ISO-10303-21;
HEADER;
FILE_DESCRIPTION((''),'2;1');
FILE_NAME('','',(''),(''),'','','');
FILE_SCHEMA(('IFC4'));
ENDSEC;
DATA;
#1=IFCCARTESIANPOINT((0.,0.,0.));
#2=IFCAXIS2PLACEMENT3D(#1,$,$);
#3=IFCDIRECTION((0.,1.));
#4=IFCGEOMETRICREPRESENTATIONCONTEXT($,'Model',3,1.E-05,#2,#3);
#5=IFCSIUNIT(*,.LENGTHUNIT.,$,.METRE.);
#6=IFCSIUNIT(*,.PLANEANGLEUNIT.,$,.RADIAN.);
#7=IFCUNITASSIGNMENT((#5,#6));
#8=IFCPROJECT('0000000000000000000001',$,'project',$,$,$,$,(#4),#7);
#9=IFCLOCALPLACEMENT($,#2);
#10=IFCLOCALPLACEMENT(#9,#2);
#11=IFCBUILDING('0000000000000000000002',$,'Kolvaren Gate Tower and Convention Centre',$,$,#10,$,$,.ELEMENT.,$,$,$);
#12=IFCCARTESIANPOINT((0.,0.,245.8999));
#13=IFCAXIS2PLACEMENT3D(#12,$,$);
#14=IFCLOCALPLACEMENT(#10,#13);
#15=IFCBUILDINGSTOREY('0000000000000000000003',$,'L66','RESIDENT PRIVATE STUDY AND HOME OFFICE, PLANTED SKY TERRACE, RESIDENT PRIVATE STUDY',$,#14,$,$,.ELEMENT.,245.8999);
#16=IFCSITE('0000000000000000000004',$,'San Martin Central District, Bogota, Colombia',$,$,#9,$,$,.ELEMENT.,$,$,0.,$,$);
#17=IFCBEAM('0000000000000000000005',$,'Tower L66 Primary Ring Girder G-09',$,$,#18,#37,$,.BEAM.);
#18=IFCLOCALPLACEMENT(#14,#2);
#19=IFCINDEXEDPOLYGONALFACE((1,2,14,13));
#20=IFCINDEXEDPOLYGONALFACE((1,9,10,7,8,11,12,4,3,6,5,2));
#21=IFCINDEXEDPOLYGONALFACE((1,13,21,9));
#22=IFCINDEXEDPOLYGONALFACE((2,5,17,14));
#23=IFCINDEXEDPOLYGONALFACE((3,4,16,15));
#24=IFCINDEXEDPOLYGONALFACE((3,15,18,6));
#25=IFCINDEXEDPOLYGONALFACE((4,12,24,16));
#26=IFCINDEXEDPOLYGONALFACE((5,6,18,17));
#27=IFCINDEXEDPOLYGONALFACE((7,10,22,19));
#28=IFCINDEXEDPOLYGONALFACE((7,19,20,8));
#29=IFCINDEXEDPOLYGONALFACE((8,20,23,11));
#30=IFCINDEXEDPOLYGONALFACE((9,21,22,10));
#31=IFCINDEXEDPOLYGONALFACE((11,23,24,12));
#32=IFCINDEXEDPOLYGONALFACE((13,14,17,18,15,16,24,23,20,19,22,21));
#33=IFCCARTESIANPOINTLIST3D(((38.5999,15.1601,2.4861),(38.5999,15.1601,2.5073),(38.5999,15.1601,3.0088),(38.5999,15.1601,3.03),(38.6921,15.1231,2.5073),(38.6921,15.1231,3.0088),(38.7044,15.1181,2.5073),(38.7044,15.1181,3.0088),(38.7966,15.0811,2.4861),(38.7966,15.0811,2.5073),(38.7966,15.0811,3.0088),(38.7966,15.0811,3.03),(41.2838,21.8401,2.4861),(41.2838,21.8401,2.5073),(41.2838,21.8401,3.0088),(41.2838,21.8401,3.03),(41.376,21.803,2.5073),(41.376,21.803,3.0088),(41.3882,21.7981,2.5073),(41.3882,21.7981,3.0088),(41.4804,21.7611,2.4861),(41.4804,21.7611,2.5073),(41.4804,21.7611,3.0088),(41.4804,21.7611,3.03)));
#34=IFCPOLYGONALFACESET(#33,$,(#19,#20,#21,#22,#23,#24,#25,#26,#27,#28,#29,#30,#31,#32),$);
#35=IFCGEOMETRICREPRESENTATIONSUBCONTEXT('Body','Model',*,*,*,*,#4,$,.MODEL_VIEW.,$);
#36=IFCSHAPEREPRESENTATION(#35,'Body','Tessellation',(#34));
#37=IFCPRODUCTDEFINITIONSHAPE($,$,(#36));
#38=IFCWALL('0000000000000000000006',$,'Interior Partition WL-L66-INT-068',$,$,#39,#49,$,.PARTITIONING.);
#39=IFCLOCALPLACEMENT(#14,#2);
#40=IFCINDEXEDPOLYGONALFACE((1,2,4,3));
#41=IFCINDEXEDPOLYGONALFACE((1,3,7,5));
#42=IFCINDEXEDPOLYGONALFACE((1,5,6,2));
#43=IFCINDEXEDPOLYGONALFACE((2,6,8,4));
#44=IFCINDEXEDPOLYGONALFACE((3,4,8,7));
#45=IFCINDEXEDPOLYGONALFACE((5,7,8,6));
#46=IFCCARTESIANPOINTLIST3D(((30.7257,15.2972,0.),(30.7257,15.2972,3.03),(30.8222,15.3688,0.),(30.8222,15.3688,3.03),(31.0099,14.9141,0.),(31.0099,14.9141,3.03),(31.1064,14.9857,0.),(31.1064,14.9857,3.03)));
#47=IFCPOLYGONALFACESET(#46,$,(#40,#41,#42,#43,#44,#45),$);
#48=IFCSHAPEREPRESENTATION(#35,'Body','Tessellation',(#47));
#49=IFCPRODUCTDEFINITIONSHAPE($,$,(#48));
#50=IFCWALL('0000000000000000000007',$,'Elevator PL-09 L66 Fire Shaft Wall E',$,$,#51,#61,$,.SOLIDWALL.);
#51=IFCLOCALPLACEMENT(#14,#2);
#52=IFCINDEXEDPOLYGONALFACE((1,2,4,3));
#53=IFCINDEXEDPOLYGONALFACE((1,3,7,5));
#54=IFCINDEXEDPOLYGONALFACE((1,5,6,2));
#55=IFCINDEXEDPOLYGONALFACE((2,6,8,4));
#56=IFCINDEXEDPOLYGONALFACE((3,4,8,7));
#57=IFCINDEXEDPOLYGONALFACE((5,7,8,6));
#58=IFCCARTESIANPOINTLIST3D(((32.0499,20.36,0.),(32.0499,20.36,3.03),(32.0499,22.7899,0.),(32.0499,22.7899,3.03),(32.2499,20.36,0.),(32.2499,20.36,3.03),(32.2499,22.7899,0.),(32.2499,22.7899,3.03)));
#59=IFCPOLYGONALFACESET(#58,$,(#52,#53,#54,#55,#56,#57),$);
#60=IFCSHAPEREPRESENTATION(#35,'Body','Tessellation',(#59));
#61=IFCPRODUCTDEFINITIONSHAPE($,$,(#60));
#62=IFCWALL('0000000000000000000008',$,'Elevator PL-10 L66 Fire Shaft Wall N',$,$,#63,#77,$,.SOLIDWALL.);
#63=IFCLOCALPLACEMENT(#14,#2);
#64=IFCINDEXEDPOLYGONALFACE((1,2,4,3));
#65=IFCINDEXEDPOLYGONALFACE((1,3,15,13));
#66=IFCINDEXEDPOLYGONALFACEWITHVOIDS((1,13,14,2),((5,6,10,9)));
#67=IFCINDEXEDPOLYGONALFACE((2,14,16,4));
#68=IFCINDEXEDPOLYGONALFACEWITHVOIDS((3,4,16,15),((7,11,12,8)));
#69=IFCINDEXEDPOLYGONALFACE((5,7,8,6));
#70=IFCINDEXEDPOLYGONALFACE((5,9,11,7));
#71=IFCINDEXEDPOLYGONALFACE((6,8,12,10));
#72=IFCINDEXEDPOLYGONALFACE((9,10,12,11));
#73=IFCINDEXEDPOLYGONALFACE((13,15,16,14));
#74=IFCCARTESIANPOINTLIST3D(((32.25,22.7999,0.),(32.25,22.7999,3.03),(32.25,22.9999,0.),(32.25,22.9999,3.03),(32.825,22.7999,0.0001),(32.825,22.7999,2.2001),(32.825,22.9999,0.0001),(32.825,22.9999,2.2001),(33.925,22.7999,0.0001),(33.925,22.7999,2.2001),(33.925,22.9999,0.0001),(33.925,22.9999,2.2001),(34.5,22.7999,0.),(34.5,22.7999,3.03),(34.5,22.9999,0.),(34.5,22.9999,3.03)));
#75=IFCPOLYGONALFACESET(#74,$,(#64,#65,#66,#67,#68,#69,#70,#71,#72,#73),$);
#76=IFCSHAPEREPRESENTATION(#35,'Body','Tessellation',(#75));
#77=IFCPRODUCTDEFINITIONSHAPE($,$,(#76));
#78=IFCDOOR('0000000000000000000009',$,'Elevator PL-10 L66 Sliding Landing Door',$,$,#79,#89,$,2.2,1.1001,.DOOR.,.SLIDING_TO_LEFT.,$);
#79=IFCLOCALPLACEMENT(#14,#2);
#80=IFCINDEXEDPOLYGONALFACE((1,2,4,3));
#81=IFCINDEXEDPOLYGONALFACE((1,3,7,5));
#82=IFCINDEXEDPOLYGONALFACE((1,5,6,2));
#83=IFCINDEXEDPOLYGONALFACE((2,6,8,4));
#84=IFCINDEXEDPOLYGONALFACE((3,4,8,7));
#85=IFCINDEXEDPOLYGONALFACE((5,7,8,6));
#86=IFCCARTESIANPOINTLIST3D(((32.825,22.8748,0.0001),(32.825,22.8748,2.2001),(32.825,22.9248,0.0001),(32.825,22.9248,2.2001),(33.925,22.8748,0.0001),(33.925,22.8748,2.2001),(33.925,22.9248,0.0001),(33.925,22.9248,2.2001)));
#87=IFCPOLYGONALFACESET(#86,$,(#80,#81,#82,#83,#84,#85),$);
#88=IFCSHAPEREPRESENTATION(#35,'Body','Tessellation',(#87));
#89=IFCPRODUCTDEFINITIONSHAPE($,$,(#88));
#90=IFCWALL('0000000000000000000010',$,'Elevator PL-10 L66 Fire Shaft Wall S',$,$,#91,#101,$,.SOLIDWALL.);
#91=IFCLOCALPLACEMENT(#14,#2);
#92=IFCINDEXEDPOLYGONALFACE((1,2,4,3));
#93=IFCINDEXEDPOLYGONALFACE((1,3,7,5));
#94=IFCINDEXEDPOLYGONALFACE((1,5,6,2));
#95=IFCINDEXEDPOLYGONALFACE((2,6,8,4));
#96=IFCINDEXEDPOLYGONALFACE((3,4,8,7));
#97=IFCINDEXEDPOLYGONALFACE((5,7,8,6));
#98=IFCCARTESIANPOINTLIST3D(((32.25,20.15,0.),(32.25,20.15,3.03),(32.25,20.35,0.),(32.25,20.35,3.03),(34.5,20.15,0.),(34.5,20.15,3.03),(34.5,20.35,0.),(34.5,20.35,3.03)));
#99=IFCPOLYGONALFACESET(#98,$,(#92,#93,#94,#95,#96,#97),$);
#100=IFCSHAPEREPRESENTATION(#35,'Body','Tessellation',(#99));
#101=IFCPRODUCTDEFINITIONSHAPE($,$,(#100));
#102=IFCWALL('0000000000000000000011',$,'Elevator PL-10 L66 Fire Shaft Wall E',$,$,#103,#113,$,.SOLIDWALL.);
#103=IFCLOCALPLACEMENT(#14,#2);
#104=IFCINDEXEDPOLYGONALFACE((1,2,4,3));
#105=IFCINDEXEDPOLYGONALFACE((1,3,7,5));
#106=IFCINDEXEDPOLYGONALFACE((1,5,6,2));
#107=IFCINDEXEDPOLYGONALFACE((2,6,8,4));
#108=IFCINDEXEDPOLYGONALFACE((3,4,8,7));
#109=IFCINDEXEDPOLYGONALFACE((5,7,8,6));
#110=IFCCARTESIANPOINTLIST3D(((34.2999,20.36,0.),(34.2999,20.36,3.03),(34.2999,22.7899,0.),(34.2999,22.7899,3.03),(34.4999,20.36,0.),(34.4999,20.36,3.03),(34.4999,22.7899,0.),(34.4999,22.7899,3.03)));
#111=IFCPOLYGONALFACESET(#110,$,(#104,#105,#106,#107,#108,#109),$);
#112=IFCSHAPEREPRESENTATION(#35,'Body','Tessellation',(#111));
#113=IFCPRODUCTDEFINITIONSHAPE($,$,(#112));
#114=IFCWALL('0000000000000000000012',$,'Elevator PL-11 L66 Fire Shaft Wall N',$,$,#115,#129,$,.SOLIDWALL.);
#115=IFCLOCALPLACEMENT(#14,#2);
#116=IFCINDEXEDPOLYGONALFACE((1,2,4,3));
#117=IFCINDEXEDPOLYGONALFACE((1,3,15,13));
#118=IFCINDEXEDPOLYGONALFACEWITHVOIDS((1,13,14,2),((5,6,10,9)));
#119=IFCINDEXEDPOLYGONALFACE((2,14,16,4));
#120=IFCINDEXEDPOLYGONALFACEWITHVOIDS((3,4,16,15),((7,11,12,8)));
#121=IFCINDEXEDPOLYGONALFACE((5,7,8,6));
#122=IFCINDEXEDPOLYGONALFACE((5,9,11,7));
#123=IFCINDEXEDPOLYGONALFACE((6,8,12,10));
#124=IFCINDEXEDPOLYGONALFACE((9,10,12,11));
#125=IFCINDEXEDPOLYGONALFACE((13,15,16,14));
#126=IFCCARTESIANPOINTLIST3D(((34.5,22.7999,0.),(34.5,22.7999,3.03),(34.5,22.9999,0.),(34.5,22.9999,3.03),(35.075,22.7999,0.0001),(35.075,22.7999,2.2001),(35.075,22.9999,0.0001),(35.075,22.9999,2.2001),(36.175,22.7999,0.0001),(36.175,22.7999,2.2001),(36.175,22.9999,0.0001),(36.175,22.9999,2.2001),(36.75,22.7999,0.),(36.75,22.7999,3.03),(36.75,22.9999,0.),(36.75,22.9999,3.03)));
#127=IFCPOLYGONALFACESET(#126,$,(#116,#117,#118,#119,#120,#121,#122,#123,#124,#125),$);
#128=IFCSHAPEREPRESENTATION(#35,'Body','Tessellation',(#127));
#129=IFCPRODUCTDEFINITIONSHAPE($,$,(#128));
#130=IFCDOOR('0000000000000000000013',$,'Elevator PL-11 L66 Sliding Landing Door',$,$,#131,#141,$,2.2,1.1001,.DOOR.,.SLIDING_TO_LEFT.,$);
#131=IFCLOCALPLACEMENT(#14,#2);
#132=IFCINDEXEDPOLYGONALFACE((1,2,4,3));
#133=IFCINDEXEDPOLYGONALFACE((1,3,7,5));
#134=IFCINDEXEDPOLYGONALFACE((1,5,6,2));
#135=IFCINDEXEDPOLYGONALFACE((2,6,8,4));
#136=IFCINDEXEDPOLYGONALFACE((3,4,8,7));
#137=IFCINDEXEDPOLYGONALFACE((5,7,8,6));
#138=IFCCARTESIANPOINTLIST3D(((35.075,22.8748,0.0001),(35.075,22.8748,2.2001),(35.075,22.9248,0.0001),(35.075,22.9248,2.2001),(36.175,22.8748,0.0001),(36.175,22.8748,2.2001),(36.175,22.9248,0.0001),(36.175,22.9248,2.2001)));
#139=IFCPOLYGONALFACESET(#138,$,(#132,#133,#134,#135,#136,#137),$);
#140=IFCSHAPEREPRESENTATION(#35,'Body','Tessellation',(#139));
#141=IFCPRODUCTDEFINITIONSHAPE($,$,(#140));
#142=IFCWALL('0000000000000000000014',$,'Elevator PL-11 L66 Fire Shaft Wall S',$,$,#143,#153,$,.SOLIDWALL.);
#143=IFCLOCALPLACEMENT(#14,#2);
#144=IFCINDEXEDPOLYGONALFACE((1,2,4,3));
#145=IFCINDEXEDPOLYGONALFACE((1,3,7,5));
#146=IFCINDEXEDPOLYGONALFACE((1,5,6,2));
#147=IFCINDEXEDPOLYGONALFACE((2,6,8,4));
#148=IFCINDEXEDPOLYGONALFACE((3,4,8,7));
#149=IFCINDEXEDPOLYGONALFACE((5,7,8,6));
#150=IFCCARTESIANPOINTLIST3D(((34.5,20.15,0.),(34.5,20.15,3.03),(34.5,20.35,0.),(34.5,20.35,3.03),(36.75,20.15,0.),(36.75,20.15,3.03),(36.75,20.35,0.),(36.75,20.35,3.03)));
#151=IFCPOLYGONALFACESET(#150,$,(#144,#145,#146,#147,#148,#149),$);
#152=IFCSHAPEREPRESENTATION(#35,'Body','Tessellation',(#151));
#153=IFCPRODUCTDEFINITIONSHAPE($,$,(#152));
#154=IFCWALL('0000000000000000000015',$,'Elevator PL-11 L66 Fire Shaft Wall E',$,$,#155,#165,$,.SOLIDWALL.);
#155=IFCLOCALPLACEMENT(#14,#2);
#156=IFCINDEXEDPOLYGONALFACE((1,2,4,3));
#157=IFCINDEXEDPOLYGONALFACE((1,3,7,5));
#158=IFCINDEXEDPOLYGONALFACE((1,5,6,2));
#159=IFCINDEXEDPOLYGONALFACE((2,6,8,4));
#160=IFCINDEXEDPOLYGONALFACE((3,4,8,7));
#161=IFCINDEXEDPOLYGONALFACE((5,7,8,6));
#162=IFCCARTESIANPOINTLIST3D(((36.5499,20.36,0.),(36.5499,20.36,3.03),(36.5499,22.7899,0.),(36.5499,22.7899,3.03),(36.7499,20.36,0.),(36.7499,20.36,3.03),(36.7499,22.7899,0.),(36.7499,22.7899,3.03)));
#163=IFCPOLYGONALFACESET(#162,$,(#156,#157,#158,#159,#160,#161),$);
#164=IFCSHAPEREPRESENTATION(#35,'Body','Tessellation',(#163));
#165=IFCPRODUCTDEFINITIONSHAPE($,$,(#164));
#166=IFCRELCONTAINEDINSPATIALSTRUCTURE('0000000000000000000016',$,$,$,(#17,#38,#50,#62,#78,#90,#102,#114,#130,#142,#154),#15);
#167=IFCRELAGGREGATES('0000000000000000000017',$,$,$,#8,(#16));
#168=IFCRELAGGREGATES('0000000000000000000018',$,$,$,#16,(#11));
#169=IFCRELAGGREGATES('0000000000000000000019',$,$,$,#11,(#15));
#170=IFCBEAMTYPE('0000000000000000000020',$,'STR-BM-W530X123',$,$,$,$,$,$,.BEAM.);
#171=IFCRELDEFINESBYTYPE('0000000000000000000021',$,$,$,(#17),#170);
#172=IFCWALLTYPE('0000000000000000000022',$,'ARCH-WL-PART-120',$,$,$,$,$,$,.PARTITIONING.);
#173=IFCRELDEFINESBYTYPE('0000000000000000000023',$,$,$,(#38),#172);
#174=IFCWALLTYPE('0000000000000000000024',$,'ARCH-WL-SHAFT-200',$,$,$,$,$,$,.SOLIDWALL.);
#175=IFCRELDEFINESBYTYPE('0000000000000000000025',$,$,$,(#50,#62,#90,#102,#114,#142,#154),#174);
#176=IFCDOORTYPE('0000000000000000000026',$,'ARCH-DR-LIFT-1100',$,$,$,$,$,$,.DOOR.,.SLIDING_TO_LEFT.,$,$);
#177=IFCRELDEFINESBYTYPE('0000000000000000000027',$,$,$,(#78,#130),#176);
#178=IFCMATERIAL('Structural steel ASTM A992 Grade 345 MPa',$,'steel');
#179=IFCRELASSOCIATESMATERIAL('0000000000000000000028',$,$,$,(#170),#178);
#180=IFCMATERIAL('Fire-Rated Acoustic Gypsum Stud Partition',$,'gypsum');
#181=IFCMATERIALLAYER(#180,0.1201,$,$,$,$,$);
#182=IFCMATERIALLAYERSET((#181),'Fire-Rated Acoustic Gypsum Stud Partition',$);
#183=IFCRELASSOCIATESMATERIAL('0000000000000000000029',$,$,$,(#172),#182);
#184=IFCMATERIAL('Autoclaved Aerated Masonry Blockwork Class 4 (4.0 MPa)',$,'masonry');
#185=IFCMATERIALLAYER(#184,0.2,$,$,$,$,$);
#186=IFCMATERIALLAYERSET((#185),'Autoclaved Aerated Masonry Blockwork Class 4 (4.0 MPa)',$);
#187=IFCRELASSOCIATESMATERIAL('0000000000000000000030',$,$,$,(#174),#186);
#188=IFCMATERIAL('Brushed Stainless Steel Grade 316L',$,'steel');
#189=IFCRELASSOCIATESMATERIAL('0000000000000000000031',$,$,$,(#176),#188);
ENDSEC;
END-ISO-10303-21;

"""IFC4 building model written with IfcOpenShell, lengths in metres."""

from ifc_helpers import new_model, si_unit, direction, frame, frame_2d, origin, origin_2d, place, context, subcontext, project, spatial, rectangle, i_section, extrude, material, layer, layer_set, material_profile, profile_set, type_object, element, fill, save


model = new_model("IFC4")

# Units and contexts
model_context = context("Model", 3, precision=1e-05, world=origin(), true_north=direction((0.0, 1.0)))
body_context = subcontext(model_context, "Body", "Model", "MODEL_VIEW")
ifc_project = project(units=[si_unit("LENGTHUNIT", "METRE"), si_unit("PLANEANGLEUNIT", "RADIAN")], contexts=[model_context])

# Site, building, storey
site_placement = place(None, origin())
site = spatial("IfcSite", under=ifc_project, at=site_placement, Name="San Martin Central District, Bogota, Colombia", CompositionType="ELEMENT", RefElevation=0.0)
building_placement = place(site_placement, origin())
building = spatial("IfcBuilding", under=site, at=building_placement, Name="Kolvaren Gate Tower and Convention Centre", CompositionType="ELEMENT")
storey_placement = place(building_placement, frame((0.0, 0.0, 245.8999)))
storey = spatial("IfcBuildingStorey", under=building, at=storey_placement, Name="L66", Description="RESIDENT PRIVATE STUDY AND HOME OFFICE, PLANTED SKY TERRACE, RESIDENT PRIVATE STUDY", CompositionType="ELEMENT", Elevation=245.8999)

# Beam
ifc_material_1 = material(Name="Structural steel ASTM A992 Grade 345 MPa", Category="steel")
ifc_material_profile = material_profile(ifc_material_1, i_section(OverallWidth=0.2119, OverallDepth=0.5439, WebThickness=0.0132, FlangeThickness=0.0212, at=origin_2d()), Name="W530X123")
ifc_profile_set = profile_set([ifc_material_profile], Name="Structural steel ASTM A992 Grade 345 MPa")
beam_type = type_object("IfcBeamType", Name="STR-BM-W530X123", PredefinedType="BEAM", material=ifc_profile_set)
beam_placement = place(storey_placement, frame((38.6982, 15.1206, 2.7581), z_axis=(0.372811, 0.927907, 0.0), x_axis=(-0.927907, 0.372811, 0.0)))
element("IfcBeam", 1, at=beam_placement, inside=storey, type_object=beam_type, Name="Tower L66 Primary Ring Girder G-09", PredefinedType="BEAM", context=body_context, shape_type="SweptSolid", body=[
    extrude(i_section(OverallWidth=0.2119, OverallDepth=0.5439, WebThickness=0.0132, FlangeThickness=0.0212, at=origin_2d()), origin(), (0.0, 0.0, 1.0), 7.199),
])

# Walls
ifc_material_2 = material(Name="Fire-Rated Acoustic Gypsum Stud Partition", Category="gypsum")
ifc_layer_1 = layer(ifc_material_2, 0.1201)
ifc_layer_set_1 = layer_set([ifc_layer_1], Name="Fire-Rated Acoustic Gypsum Stud Partition")
wall_type_1 = type_object("IfcWallType", Name="ARCH-WL-PART-120", PredefinedType="PARTITIONING", material=ifc_layer_set_1)
wall_1_placement = place(storey_placement, frame((30.7739, 15.333, 0.0), z_axis=(0.0, 0.0, 1.0), x_axis=(0.595815, -0.803122, 0.0)))
element("IfcWall", 2, at=wall_1_placement, inside=storey, type_object=wall_type_1, Name="Interior Partition WL-L66-INT-068", PredefinedType="PARTITIONING", context=body_context, shape_type="SweptSolid", body=[
    extrude(rectangle(XDim=0.4771, YDim=0.1201, at=frame_2d((0.2385, 0.0))), origin(), (0.0, 0.0, 1.0), 3.03),
])
ifc_material_3 = material(Name="Autoclaved Aerated Masonry Blockwork Class 4 (4.0 MPa)", Category="masonry")
ifc_layer_2 = layer(ifc_material_3, 0.2)
ifc_layer_set_2 = layer_set([ifc_layer_2], Name="Autoclaved Aerated Masonry Blockwork Class 4 (4.0 MPa)")
wall_type_2 = type_object("IfcWallType", Name="ARCH-WL-SHAFT-200", PredefinedType="SOLIDWALL", material=ifc_layer_set_2)
wall_2_placement = place(storey_placement, frame((32.1499, 20.3601, 0.0), z_axis=(0.0, 0.0, 1.0), x_axis=(0.0, 1.0, 0.0)))
element("IfcWall", 3, at=wall_2_placement, inside=storey, type_object=wall_type_2, Name="Elevator PL-09 L66 Fire Shaft Wall E", PredefinedType="SOLIDWALL", context=body_context, shape_type="SweptSolid", body=[
    extrude(rectangle(XDim=2.4299, YDim=0.2, at=frame_2d((1.2148, 0.0))), origin(), (0.0, 0.0, 1.0), 3.03),
])

# Wall, opening, door
wall_3_placement = place(storey_placement, frame((32.25, 22.8999, 0.0), z_axis=(0.0, 0.0, 1.0), x_axis=(1.0, 0.0, 0.0)))
wall_3 = element("IfcWall", 4, at=wall_3_placement, inside=storey, type_object=wall_type_2, Name="Elevator PL-10 L66 Fire Shaft Wall N", PredefinedType="SOLIDWALL", context=body_context, shape_type="SweptSolid", body=[
    extrude(rectangle(XDim=2.25, YDim=0.2, at=frame_2d((1.125, 0.0))), origin(), (0.0, 0.0, 1.0), 3.03),
])
opening_1_placement = place(wall_3_placement, frame((0.575, 0.0, 0.0)))
opening_1 = element("IfcOpeningElement", 5, at=opening_1_placement, cuts=wall_3, PredefinedType="OPENING", context=body_context, shape_type="SweptSolid", body=[
    extrude(rectangle(XDim=1.1001, YDim=2.2, at=frame_2d((0.55, 1.1001))), frame((0.0, 0.1099, 0.0), z_axis=(0.0, -1.0, 0.0), x_axis=(1.0, 0.0, 0.0)), (0.0, 0.0, 1.0), 0.22),
])
ifc_material_4 = material(Name="Brushed Stainless Steel Grade 316L", Category="steel")
door_type_1 = type_object("IfcDoorType", Name="ARCH-DR-LIFT-1100", OperationType="SLIDING_TO_LEFT", PredefinedType="DOOR", material=ifc_material_4)
door_1_placement = place(opening_1_placement, origin())
door_1 = element("IfcDoor", 6, at=door_1_placement, inside=storey, type_object=door_type_1, Name="Elevator PL-10 L66 Sliding Landing Door", OperationType="SLIDING_TO_LEFT", OverallHeight=2.2, OverallWidth=1.1001, PredefinedType="DOOR", context=body_context, shape_type="SweptSolid", body=[
    extrude(rectangle(XDim=1.1001, YDim=2.2, at=frame_2d((0.55, 1.1001))), frame((0.0, 0.0249, 0.0), z_axis=(0.0, -1.0, 0.0), x_axis=(1.0, 0.0, 0.0)), (0.0, 0.0, 1.0), 0.05),
])
fill(opening_1, door_1)

# Walls
wall_4_placement = place(storey_placement, frame((32.25, 20.25, 0.0), z_axis=(0.0, 0.0, 1.0), x_axis=(1.0, 0.0, 0.0)))
element("IfcWall", 7, at=wall_4_placement, inside=storey, type_object=wall_type_2, Name="Elevator PL-10 L66 Fire Shaft Wall S", PredefinedType="SOLIDWALL", context=body_context, shape_type="SweptSolid", body=[
    extrude(rectangle(XDim=2.25, YDim=0.2, at=frame_2d((1.125, 0.0))), origin(), (0.0, 0.0, 1.0), 3.03),
])
wall_5_placement = place(storey_placement, frame((34.3999, 20.3601, 0.0), z_axis=(0.0, 0.0, 1.0), x_axis=(0.0, 1.0, 0.0)))
element("IfcWall", 8, at=wall_5_placement, inside=storey, type_object=wall_type_2, Name="Elevator PL-10 L66 Fire Shaft Wall E", PredefinedType="SOLIDWALL", context=body_context, shape_type="SweptSolid", body=[
    extrude(rectangle(XDim=2.4299, YDim=0.2, at=frame_2d((1.2148, 0.0))), origin(), (0.0, 0.0, 1.0), 3.03),
])

# Wall, opening, door
wall_6_placement = place(storey_placement, frame((34.5, 22.8999, 0.0), z_axis=(0.0, 0.0, 1.0), x_axis=(1.0, 0.0, 0.0)))
wall_6 = element("IfcWall", 9, at=wall_6_placement, inside=storey, type_object=wall_type_2, Name="Elevator PL-11 L66 Fire Shaft Wall N", PredefinedType="SOLIDWALL", context=body_context, shape_type="SweptSolid", body=[
    extrude(rectangle(XDim=2.25, YDim=0.2, at=frame_2d((1.125, 0.0))), origin(), (0.0, 0.0, 1.0), 3.03),
])
opening_2_placement = place(wall_6_placement, frame((0.575, 0.0, 0.0)))
opening_2 = element("IfcOpeningElement", 10, at=opening_2_placement, cuts=wall_6, PredefinedType="OPENING", context=body_context, shape_type="SweptSolid", body=[
    extrude(rectangle(XDim=1.1001, YDim=2.2, at=frame_2d((0.55, 1.1001))), frame((0.0, 0.1099, 0.0), z_axis=(0.0, -1.0, 0.0), x_axis=(1.0, 0.0, 0.0)), (0.0, 0.0, 1.0), 0.22),
])
door_2_placement = place(opening_2_placement, origin())
door_2 = element("IfcDoor", 11, at=door_2_placement, inside=storey, type_object=door_type_1, Name="Elevator PL-11 L66 Sliding Landing Door", OperationType="SLIDING_TO_LEFT", OverallHeight=2.2, OverallWidth=1.1001, PredefinedType="DOOR", context=body_context, shape_type="SweptSolid", body=[
    extrude(rectangle(XDim=1.1001, YDim=2.2, at=frame_2d((0.55, 1.1001))), frame((0.0, 0.0249, 0.0), z_axis=(0.0, -1.0, 0.0), x_axis=(1.0, 0.0, 0.0)), (0.0, 0.0, 1.0), 0.05),
])
fill(opening_2, door_2)

# Walls
wall_7_placement = place(storey_placement, frame((34.5, 20.25, 0.0), z_axis=(0.0, 0.0, 1.0), x_axis=(1.0, 0.0, 0.0)))
element("IfcWall", 12, at=wall_7_placement, inside=storey, type_object=wall_type_2, Name="Elevator PL-11 L66 Fire Shaft Wall S", PredefinedType="SOLIDWALL", context=body_context, shape_type="SweptSolid", body=[
    extrude(rectangle(XDim=2.25, YDim=0.2, at=frame_2d((1.125, 0.0))), origin(), (0.0, 0.0, 1.0), 3.03),
])
wall_8_placement = place(storey_placement, frame((36.6499, 20.3601, 0.0), z_axis=(0.0, 0.0, 1.0), x_axis=(0.0, 1.0, 0.0)))
element("IfcWall", 13, at=wall_8_placement, inside=storey, type_object=wall_type_2, Name="Elevator PL-11 L66 Fire Shaft Wall E", PredefinedType="SOLIDWALL", context=body_context, shape_type="SweptSolid", body=[
    extrude(rectangle(XDim=2.4299, YDim=0.2, at=frame_2d((1.2148, 0.0))), origin(), (0.0, 0.0, 1.0), 3.03),
])

save(model, "model.ifc")
